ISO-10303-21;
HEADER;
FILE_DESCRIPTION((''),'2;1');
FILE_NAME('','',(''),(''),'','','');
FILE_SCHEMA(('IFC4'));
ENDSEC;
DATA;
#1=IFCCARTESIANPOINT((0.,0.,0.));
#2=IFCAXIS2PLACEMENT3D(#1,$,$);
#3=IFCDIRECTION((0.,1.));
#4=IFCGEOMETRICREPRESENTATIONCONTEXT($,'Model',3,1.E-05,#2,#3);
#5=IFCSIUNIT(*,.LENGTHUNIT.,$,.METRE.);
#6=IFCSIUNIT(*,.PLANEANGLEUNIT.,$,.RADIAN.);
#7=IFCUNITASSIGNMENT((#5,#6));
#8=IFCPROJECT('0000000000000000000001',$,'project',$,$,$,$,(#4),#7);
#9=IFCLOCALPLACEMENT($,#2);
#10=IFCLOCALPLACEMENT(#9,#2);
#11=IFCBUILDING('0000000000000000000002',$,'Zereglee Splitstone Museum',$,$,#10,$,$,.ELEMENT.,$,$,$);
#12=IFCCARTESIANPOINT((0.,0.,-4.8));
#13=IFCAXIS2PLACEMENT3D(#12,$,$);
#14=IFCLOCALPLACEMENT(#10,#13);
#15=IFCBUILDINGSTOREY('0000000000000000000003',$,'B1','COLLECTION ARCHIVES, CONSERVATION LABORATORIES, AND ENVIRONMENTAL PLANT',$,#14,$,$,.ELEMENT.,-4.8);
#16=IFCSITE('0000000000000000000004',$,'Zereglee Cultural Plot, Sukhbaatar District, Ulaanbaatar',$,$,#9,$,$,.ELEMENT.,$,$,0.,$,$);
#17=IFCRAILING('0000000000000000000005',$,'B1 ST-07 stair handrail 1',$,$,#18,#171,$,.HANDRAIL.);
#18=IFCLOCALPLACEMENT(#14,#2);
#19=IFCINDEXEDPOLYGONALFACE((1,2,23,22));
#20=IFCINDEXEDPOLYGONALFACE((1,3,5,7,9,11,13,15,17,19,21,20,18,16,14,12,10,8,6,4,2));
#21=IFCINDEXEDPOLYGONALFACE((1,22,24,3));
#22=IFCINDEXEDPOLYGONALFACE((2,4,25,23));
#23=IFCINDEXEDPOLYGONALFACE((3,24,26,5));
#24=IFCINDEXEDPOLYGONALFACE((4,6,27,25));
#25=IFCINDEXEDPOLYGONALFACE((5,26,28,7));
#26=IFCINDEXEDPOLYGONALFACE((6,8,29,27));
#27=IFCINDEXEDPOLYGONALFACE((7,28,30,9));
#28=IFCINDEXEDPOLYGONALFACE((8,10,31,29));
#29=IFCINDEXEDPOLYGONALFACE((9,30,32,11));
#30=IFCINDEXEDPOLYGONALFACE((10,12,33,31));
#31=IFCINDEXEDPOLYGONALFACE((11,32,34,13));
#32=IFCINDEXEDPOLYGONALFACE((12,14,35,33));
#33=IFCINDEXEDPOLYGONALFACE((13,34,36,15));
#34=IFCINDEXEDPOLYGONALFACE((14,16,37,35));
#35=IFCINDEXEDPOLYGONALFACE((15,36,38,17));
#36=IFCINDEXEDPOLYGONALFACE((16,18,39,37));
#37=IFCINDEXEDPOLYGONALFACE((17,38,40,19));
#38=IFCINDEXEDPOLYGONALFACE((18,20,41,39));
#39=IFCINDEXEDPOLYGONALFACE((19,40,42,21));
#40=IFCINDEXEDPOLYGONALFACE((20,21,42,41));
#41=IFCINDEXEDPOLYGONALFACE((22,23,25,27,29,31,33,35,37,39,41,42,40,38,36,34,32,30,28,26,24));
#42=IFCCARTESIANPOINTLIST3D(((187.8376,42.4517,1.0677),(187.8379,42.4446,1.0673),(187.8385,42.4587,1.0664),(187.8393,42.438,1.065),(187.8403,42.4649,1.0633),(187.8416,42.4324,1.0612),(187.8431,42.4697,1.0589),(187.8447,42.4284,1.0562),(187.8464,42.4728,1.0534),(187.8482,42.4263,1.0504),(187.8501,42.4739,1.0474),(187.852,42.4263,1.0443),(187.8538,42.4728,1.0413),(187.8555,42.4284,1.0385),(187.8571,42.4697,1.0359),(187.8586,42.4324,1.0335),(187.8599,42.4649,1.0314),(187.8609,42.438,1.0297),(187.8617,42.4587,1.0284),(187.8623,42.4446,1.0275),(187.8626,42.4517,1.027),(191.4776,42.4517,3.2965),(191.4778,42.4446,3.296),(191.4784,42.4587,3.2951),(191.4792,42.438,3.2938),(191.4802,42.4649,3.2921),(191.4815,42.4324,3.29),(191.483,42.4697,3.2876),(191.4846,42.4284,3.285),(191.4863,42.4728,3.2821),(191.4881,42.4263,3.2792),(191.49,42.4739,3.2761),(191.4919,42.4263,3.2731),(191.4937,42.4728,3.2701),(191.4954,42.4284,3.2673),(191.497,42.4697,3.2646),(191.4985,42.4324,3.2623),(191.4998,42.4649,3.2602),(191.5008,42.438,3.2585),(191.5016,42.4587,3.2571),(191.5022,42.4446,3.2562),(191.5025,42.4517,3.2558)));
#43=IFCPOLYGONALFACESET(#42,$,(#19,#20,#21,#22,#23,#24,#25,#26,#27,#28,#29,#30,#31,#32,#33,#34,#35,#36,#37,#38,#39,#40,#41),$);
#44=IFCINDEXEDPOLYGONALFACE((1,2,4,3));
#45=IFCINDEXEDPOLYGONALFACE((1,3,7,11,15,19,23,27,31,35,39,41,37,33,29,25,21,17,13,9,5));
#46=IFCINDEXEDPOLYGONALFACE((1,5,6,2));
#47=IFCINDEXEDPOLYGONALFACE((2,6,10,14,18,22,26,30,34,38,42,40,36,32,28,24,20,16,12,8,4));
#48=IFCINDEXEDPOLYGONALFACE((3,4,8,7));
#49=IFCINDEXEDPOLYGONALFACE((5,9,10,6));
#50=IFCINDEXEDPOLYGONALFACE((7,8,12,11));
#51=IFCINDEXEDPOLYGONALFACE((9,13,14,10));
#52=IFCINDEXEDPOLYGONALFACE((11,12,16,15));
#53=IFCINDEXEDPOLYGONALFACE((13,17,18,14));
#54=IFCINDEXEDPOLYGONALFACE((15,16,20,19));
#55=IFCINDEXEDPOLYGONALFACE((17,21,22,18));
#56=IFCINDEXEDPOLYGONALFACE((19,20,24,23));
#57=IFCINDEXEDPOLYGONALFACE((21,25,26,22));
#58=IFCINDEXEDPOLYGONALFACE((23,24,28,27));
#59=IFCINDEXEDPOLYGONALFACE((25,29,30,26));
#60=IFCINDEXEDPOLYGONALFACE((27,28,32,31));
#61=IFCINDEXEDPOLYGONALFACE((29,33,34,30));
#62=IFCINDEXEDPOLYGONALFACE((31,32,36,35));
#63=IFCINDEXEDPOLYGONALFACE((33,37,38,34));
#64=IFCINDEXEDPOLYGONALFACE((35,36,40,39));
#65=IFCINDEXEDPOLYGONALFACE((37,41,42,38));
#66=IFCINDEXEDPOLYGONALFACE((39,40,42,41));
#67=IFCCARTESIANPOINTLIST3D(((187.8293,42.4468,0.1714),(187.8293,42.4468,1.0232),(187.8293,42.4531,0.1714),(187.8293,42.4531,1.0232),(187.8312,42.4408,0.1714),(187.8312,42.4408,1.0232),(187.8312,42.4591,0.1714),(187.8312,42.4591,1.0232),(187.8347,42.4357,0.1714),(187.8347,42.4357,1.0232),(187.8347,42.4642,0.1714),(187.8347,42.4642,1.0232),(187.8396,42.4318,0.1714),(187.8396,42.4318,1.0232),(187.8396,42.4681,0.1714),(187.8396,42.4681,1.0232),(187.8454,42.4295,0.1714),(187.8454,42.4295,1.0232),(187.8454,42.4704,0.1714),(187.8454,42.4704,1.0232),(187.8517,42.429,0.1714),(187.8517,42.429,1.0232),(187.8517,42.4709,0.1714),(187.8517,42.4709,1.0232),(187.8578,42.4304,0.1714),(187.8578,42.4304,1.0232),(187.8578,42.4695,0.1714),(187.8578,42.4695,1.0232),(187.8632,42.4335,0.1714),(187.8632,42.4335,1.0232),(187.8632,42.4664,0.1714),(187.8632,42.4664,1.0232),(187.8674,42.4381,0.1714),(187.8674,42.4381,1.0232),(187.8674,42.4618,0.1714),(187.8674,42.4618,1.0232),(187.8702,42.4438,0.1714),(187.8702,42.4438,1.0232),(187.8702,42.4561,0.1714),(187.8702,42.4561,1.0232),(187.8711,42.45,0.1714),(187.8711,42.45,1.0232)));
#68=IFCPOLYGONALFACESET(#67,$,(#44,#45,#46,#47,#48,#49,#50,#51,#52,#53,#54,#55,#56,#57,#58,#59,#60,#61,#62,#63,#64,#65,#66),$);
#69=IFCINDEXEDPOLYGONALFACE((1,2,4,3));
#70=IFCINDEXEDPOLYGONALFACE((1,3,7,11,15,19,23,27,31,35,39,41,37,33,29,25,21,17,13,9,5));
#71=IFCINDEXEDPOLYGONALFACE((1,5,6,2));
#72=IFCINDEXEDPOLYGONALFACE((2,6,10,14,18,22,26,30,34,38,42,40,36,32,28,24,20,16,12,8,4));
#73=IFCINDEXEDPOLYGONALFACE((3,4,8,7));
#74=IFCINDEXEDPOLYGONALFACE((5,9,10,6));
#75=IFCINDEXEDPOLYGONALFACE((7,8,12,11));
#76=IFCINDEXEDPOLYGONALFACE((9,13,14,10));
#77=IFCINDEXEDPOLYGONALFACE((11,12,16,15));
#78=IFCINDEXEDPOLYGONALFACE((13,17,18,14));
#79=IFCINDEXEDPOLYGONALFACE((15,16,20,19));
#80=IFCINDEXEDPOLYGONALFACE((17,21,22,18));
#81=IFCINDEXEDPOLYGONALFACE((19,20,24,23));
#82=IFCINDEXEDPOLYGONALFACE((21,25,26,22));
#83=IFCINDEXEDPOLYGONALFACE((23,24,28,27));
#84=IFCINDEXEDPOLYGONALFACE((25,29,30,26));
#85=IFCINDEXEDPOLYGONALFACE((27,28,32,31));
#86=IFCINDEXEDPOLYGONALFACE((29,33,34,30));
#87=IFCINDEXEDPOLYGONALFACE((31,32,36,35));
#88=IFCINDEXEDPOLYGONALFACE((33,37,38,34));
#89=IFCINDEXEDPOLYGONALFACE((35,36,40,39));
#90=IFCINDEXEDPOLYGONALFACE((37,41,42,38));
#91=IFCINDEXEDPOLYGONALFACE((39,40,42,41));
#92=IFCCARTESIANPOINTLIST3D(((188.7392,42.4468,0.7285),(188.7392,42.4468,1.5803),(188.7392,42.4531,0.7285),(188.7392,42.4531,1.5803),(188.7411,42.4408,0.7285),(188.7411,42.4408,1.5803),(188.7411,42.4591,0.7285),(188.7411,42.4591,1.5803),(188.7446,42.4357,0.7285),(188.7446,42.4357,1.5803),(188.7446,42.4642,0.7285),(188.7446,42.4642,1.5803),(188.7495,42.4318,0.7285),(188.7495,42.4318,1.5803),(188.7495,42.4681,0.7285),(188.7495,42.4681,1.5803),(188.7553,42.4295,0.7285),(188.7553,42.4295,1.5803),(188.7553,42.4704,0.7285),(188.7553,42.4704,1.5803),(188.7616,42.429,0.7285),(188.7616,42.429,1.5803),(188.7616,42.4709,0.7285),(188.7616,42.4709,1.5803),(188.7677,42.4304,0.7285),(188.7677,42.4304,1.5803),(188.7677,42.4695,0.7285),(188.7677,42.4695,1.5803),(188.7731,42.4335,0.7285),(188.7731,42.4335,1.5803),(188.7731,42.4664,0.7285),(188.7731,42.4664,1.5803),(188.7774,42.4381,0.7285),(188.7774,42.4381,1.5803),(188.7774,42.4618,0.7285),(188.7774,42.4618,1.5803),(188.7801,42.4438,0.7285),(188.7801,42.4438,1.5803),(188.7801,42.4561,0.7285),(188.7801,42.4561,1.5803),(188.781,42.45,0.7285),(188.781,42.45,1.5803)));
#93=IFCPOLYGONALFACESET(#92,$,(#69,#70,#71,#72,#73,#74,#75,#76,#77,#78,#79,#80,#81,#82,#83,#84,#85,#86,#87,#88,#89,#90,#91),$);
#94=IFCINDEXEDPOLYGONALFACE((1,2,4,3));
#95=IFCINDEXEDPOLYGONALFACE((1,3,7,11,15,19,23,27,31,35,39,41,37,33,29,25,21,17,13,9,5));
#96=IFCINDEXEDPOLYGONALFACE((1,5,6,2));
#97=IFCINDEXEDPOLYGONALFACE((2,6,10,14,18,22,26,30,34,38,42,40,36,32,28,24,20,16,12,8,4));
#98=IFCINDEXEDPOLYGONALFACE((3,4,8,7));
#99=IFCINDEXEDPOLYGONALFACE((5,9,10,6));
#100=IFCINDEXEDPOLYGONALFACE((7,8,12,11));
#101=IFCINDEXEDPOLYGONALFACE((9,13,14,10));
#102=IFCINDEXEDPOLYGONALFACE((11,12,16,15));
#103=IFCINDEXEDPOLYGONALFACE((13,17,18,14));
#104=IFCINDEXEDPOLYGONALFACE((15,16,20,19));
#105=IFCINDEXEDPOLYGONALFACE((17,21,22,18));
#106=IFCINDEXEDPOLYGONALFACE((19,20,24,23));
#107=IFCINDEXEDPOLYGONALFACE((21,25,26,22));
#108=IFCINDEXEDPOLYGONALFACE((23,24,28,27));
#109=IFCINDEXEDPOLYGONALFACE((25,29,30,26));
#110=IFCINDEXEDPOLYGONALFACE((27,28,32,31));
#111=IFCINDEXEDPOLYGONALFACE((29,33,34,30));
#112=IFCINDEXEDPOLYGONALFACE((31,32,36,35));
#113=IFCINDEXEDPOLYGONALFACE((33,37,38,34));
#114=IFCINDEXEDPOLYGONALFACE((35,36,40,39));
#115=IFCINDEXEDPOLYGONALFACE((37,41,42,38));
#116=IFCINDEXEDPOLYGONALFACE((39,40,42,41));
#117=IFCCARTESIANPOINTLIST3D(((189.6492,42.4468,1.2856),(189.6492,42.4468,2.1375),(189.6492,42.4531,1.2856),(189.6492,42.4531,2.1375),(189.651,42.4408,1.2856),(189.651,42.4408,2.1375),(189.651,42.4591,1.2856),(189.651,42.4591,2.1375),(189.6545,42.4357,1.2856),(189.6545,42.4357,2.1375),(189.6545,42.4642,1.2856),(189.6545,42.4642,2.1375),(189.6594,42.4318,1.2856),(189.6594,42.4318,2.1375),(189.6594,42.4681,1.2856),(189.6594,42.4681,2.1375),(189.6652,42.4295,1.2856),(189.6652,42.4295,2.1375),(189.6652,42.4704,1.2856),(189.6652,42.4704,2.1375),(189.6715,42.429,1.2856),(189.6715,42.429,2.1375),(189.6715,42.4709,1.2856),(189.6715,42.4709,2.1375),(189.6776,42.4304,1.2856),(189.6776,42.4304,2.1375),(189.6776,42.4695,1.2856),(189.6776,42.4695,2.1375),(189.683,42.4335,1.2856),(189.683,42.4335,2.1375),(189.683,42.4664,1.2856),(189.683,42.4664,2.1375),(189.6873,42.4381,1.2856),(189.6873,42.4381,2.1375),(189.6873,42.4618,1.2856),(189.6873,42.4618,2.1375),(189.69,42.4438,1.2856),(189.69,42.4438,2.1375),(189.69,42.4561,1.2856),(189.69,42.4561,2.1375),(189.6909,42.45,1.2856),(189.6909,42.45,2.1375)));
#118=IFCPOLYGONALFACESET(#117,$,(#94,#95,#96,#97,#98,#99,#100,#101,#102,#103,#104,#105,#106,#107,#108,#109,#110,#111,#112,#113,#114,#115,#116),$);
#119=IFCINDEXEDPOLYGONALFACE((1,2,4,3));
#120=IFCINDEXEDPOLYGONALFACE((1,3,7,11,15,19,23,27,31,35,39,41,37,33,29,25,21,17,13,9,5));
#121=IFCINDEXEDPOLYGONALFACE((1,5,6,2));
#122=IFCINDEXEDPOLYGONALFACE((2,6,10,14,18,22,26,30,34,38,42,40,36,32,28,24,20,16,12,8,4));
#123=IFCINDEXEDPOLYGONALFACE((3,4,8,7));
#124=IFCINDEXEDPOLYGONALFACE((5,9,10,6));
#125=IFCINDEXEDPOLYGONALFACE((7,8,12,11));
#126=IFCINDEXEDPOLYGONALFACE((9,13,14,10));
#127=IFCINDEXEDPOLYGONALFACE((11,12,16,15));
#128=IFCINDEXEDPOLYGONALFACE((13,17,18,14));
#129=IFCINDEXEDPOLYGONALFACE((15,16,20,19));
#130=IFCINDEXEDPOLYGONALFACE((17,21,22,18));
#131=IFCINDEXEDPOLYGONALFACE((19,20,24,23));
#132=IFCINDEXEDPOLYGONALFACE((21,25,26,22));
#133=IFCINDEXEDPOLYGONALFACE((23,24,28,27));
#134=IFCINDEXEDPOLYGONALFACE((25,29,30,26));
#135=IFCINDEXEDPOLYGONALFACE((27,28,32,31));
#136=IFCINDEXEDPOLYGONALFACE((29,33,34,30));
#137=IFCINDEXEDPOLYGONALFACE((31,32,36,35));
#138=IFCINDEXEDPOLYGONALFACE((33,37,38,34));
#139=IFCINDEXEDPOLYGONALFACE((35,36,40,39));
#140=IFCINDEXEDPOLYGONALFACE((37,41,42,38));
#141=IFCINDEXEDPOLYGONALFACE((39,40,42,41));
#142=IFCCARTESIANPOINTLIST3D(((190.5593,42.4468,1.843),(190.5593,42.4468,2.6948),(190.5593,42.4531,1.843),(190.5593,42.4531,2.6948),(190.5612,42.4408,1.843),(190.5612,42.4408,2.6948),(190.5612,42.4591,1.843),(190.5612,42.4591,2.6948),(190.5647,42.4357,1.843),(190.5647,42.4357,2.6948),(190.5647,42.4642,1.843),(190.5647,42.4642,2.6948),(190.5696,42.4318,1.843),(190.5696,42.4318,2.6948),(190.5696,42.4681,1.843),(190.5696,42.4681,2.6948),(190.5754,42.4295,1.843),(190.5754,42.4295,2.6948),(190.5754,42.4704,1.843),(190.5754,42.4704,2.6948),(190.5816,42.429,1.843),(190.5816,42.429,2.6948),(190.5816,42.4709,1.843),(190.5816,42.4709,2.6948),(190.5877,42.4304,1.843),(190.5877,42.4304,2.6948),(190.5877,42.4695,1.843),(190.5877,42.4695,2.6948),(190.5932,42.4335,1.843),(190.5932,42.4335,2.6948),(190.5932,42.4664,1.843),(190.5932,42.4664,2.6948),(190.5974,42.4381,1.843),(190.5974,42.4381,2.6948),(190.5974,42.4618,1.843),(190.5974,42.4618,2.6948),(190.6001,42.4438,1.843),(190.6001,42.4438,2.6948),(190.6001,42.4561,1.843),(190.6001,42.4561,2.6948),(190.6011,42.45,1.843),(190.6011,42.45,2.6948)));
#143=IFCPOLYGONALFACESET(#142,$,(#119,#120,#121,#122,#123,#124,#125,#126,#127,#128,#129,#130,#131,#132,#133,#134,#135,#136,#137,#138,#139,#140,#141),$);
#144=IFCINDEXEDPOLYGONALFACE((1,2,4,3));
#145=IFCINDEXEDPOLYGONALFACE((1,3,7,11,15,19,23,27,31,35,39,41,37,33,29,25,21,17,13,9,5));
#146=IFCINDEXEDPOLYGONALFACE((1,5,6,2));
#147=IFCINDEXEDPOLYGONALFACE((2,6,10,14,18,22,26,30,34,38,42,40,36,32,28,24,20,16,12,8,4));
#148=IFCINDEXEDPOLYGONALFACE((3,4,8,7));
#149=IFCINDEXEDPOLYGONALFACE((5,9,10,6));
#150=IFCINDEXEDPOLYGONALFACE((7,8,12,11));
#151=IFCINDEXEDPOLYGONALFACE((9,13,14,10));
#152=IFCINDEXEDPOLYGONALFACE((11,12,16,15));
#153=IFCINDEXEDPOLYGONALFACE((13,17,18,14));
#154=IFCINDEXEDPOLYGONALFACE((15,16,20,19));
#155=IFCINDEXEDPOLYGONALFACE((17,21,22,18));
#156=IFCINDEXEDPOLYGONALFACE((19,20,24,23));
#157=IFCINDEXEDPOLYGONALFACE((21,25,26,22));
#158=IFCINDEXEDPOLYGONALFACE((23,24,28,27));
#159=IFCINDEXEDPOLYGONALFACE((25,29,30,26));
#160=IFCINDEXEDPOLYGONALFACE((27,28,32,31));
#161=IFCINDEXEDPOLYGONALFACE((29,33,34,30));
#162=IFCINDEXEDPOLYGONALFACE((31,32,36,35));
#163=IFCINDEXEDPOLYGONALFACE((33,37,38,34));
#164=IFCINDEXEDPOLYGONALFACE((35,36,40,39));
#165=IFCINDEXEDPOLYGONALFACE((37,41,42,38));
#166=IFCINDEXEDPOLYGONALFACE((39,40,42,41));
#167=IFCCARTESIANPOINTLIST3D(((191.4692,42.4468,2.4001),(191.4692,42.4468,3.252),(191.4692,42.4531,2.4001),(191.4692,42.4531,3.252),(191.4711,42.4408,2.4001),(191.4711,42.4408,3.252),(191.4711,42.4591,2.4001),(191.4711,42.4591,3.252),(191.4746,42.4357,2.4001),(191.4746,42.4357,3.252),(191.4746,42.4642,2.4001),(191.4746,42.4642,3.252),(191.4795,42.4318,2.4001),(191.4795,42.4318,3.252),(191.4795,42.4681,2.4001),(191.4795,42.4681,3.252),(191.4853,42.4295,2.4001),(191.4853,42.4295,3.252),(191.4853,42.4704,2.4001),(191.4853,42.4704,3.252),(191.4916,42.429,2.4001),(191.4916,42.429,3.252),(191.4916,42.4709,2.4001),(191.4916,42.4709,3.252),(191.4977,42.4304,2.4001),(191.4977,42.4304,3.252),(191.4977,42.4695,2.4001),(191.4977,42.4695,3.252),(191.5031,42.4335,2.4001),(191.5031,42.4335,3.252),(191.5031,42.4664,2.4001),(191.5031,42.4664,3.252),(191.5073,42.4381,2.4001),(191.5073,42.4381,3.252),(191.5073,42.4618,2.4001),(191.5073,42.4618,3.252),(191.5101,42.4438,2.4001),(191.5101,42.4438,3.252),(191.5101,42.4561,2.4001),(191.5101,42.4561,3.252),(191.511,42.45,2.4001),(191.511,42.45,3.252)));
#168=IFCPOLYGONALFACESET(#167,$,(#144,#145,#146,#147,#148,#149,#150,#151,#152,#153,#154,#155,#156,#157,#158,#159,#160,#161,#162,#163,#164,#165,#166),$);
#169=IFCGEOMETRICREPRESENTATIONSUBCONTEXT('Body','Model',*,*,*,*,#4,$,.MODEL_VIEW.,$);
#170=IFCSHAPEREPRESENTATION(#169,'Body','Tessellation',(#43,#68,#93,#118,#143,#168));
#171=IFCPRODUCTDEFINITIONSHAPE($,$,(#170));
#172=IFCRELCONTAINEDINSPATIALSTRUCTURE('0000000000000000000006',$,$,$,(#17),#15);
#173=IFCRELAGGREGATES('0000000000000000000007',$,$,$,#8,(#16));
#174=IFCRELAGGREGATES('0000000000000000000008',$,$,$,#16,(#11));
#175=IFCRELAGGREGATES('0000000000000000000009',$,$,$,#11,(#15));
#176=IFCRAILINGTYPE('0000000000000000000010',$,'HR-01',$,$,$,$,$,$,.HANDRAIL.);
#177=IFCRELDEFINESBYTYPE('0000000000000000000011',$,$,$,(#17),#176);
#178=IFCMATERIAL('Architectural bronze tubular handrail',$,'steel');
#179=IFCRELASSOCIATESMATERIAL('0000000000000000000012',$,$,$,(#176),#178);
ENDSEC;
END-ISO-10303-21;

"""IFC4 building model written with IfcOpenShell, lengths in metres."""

from ifc_helpers import new_model, si_unit, direction, frame, origin, origin_2d, place, context, subcontext, project, spatial, circle, extrude, material, type_object, element, save


model = new_model("IFC4")

# Units and contexts
model_context = context("Model", 3, precision=1e-05, world=origin(), true_north=direction((0.0, 1.0)))
body_context = subcontext(model_context, "Body", "Model", "MODEL_VIEW")
ifc_project = project(units=[si_unit("LENGTHUNIT", "METRE"), si_unit("PLANEANGLEUNIT", "RADIAN")], contexts=[model_context])

# Site, building, storey
site_placement = place(None, origin())
site = spatial("IfcSite", under=ifc_project, at=site_placement, Name="Zereglee Cultural Plot, Sukhbaatar District, Ulaanbaatar", CompositionType="ELEMENT", RefElevation=0.0)
building_placement = place(site_placement, origin())
building = spatial("IfcBuilding", under=site, at=building_placement, Name="Zereglee Splitstone Museum", CompositionType="ELEMENT")
storey_placement = place(building_placement, frame((0.0, 0.0, -4.8)))
storey = spatial("IfcBuildingStorey", under=building, at=storey_placement, Name="B1", Description="COLLECTION ARCHIVES, CONSERVATION LABORATORIES, AND ENVIRONMENTAL PLANT", CompositionType="ELEMENT", Elevation=-4.8)

# Railing
ifc_material_1 = material(Name="Architectural bronze tubular handrail", Category="steel")
railing_type_1 = type_object("IfcRailingType", Name="HR-01", PredefinedType="HANDRAIL", material=ifc_material_1)
railing_1_placement = place(storey_placement, frame((187.8501, 42.45, 0.1714)))
element("IfcRailing", 1, at=railing_1_placement, inside=storey, type_object=railing_type_1, Name="B1 ST-07 stair handrail 1", PredefinedType="HANDRAIL", context=body_context, shape_type="SweptSolid", body=[
    extrude(circle(Radius=0.0239, at=origin_2d()), frame((0.0, 0.0, 0.876), z_axis=(0.852825, 0.0, 0.522197), x_axis=(0.0, 1.0, 0.0)), (0.0, 0.0, 1.0), 4.2681),
    extrude(circle(Radius=0.021, at=origin_2d()), origin(), (0.0, 0.0, 1.0), 0.8518),
    extrude(circle(Radius=0.021, at=origin_2d()), frame((0.9099, 0.0, 0.5571)), (0.0, 0.0, 1.0), 0.8518),
    extrude(circle(Radius=0.021, at=origin_2d()), frame((1.8198, 0.0, 1.1143)), (0.0, 0.0, 1.0), 0.8518),
    extrude(circle(Radius=0.021, at=origin_2d()), frame((2.73, 0.0, 1.6716)), (0.0, 0.0, 1.0), 0.8518),
    extrude(circle(Radius=0.021, at=origin_2d()), frame((3.6399, 0.0, 2.2288)), (0.0, 0.0, 1.0), 0.8518),
])

save(model, "model.ifc")
